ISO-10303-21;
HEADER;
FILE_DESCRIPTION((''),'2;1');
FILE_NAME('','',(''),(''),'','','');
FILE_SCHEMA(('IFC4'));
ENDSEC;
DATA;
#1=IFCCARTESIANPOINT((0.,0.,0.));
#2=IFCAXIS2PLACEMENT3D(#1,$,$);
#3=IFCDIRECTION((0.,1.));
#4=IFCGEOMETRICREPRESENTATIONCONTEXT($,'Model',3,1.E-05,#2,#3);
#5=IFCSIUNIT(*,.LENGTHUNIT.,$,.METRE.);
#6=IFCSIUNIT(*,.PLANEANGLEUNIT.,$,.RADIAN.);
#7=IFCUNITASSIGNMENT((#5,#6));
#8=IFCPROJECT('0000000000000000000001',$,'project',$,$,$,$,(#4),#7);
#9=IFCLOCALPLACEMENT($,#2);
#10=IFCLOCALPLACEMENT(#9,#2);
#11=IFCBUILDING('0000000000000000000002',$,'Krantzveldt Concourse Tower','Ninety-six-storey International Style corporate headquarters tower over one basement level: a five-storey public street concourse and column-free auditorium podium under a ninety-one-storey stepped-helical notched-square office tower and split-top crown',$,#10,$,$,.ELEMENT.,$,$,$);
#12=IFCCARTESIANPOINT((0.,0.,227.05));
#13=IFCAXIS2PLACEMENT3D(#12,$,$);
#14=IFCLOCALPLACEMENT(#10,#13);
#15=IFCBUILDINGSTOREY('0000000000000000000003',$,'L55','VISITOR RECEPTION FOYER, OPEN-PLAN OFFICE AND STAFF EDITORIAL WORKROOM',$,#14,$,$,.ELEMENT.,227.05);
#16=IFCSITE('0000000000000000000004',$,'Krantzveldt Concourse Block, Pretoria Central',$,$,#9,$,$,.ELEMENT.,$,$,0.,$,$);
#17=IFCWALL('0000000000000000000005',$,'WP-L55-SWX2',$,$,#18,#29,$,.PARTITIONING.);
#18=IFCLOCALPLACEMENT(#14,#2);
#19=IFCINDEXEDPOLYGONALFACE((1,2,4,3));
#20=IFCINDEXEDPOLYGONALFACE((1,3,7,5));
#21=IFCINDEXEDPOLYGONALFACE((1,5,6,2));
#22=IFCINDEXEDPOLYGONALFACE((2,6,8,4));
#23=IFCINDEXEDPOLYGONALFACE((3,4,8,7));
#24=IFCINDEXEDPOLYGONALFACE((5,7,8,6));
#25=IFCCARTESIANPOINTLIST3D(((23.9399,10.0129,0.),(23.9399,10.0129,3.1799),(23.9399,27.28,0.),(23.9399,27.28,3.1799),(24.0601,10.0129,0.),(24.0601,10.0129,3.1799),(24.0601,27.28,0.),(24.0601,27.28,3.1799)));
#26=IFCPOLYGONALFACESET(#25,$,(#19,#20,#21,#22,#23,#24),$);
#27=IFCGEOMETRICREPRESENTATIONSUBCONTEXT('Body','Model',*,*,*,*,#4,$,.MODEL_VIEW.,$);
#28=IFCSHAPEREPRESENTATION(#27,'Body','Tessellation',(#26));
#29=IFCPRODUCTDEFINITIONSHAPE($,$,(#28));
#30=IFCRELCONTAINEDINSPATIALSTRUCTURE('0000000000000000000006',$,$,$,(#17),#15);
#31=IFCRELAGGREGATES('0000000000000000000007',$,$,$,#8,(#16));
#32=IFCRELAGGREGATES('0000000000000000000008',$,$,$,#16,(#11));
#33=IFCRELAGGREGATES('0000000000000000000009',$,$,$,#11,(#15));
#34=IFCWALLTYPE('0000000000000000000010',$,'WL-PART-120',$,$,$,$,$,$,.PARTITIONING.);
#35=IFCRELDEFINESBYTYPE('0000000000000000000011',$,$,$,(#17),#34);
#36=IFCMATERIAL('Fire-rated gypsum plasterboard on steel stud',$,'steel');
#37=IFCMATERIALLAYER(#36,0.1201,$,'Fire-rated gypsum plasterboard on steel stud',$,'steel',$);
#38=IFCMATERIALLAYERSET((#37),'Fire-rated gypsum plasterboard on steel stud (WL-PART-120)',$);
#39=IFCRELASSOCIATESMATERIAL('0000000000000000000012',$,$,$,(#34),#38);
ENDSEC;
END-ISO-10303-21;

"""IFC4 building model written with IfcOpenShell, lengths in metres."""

from ifc_helpers import new_model, si_unit, direction, frame, frame_2d, origin, place, context, subcontext, project, spatial, rectangle, extrude, material, layer, layer_set, type_object, element, save


model = new_model("IFC4")

# Units and contexts
model_context = context("Model", 3, precision=1e-05, world=origin(), true_north=direction((0.0, 1.0)))
body_context = subcontext(model_context, "Body", "Model", "MODEL_VIEW")
ifc_project = project(units=[si_unit("LENGTHUNIT", "METRE"), si_unit("PLANEANGLEUNIT", "RADIAN")], contexts=[model_context])

# Site, building, storey
site_placement = place(None, origin())
site = spatial("IfcSite", under=ifc_project, at=site_placement, Name="Krantzveldt Concourse Block, Pretoria Central", CompositionType="ELEMENT", RefElevation=0.0)
building_placement = place(site_placement, origin())
building = spatial("IfcBuilding", under=site, at=building_placement, Name="Krantzveldt Concourse Tower", Description="Ninety-six-storey International Style corporate headquarters tower over one basement level: a five-storey public street concourse and column-free auditorium podium under a ninety-one-storey stepped-helical notched-square office tower and split-top crown", CompositionType="ELEMENT")
storey_placement = place(building_placement, frame((0.0, 0.0, 227.05)))
storey = spatial("IfcBuildingStorey", under=building, at=storey_placement, Name="L55", Description="VISITOR RECEPTION FOYER, OPEN-PLAN OFFICE AND STAFF EDITORIAL WORKROOM", CompositionType="ELEMENT", Elevation=227.05)

# Wall
ifc_material_1 = material(Name="Fire-rated gypsum plasterboard on steel stud", Category="steel")
ifc_layer_1 = layer(ifc_material_1, 0.1201, Name="Fire-rated gypsum plasterboard on steel stud", Category="steel")
ifc_layer_set_1 = layer_set([ifc_layer_1], Name="Fire-rated gypsum plasterboard on steel stud (WL-PART-120)")
wall_type = type_object("IfcWallType", Name="WL-PART-120", PredefinedType="PARTITIONING", material=ifc_layer_set_1)
wall_1_placement = place(storey_placement, frame((24.0, 10.0129, 0.0), z_axis=(0.0, 0.0, 1.0), x_axis=(0.0, 1.0, 0.0)))
element("IfcWall", 1, at=wall_1_placement, inside=storey, type_object=wall_type, Name="WP-L55-SWX2", PredefinedType="PARTITIONING", context=body_context, shape_type="SweptSolid", body=[
    extrude(rectangle(XDim=17.2671, YDim=0.1201, at=frame_2d((8.6335, 0.0))), origin(), (0.0, 0.0, 1.0), 3.1799),
])

save(model, "model.ifc")
